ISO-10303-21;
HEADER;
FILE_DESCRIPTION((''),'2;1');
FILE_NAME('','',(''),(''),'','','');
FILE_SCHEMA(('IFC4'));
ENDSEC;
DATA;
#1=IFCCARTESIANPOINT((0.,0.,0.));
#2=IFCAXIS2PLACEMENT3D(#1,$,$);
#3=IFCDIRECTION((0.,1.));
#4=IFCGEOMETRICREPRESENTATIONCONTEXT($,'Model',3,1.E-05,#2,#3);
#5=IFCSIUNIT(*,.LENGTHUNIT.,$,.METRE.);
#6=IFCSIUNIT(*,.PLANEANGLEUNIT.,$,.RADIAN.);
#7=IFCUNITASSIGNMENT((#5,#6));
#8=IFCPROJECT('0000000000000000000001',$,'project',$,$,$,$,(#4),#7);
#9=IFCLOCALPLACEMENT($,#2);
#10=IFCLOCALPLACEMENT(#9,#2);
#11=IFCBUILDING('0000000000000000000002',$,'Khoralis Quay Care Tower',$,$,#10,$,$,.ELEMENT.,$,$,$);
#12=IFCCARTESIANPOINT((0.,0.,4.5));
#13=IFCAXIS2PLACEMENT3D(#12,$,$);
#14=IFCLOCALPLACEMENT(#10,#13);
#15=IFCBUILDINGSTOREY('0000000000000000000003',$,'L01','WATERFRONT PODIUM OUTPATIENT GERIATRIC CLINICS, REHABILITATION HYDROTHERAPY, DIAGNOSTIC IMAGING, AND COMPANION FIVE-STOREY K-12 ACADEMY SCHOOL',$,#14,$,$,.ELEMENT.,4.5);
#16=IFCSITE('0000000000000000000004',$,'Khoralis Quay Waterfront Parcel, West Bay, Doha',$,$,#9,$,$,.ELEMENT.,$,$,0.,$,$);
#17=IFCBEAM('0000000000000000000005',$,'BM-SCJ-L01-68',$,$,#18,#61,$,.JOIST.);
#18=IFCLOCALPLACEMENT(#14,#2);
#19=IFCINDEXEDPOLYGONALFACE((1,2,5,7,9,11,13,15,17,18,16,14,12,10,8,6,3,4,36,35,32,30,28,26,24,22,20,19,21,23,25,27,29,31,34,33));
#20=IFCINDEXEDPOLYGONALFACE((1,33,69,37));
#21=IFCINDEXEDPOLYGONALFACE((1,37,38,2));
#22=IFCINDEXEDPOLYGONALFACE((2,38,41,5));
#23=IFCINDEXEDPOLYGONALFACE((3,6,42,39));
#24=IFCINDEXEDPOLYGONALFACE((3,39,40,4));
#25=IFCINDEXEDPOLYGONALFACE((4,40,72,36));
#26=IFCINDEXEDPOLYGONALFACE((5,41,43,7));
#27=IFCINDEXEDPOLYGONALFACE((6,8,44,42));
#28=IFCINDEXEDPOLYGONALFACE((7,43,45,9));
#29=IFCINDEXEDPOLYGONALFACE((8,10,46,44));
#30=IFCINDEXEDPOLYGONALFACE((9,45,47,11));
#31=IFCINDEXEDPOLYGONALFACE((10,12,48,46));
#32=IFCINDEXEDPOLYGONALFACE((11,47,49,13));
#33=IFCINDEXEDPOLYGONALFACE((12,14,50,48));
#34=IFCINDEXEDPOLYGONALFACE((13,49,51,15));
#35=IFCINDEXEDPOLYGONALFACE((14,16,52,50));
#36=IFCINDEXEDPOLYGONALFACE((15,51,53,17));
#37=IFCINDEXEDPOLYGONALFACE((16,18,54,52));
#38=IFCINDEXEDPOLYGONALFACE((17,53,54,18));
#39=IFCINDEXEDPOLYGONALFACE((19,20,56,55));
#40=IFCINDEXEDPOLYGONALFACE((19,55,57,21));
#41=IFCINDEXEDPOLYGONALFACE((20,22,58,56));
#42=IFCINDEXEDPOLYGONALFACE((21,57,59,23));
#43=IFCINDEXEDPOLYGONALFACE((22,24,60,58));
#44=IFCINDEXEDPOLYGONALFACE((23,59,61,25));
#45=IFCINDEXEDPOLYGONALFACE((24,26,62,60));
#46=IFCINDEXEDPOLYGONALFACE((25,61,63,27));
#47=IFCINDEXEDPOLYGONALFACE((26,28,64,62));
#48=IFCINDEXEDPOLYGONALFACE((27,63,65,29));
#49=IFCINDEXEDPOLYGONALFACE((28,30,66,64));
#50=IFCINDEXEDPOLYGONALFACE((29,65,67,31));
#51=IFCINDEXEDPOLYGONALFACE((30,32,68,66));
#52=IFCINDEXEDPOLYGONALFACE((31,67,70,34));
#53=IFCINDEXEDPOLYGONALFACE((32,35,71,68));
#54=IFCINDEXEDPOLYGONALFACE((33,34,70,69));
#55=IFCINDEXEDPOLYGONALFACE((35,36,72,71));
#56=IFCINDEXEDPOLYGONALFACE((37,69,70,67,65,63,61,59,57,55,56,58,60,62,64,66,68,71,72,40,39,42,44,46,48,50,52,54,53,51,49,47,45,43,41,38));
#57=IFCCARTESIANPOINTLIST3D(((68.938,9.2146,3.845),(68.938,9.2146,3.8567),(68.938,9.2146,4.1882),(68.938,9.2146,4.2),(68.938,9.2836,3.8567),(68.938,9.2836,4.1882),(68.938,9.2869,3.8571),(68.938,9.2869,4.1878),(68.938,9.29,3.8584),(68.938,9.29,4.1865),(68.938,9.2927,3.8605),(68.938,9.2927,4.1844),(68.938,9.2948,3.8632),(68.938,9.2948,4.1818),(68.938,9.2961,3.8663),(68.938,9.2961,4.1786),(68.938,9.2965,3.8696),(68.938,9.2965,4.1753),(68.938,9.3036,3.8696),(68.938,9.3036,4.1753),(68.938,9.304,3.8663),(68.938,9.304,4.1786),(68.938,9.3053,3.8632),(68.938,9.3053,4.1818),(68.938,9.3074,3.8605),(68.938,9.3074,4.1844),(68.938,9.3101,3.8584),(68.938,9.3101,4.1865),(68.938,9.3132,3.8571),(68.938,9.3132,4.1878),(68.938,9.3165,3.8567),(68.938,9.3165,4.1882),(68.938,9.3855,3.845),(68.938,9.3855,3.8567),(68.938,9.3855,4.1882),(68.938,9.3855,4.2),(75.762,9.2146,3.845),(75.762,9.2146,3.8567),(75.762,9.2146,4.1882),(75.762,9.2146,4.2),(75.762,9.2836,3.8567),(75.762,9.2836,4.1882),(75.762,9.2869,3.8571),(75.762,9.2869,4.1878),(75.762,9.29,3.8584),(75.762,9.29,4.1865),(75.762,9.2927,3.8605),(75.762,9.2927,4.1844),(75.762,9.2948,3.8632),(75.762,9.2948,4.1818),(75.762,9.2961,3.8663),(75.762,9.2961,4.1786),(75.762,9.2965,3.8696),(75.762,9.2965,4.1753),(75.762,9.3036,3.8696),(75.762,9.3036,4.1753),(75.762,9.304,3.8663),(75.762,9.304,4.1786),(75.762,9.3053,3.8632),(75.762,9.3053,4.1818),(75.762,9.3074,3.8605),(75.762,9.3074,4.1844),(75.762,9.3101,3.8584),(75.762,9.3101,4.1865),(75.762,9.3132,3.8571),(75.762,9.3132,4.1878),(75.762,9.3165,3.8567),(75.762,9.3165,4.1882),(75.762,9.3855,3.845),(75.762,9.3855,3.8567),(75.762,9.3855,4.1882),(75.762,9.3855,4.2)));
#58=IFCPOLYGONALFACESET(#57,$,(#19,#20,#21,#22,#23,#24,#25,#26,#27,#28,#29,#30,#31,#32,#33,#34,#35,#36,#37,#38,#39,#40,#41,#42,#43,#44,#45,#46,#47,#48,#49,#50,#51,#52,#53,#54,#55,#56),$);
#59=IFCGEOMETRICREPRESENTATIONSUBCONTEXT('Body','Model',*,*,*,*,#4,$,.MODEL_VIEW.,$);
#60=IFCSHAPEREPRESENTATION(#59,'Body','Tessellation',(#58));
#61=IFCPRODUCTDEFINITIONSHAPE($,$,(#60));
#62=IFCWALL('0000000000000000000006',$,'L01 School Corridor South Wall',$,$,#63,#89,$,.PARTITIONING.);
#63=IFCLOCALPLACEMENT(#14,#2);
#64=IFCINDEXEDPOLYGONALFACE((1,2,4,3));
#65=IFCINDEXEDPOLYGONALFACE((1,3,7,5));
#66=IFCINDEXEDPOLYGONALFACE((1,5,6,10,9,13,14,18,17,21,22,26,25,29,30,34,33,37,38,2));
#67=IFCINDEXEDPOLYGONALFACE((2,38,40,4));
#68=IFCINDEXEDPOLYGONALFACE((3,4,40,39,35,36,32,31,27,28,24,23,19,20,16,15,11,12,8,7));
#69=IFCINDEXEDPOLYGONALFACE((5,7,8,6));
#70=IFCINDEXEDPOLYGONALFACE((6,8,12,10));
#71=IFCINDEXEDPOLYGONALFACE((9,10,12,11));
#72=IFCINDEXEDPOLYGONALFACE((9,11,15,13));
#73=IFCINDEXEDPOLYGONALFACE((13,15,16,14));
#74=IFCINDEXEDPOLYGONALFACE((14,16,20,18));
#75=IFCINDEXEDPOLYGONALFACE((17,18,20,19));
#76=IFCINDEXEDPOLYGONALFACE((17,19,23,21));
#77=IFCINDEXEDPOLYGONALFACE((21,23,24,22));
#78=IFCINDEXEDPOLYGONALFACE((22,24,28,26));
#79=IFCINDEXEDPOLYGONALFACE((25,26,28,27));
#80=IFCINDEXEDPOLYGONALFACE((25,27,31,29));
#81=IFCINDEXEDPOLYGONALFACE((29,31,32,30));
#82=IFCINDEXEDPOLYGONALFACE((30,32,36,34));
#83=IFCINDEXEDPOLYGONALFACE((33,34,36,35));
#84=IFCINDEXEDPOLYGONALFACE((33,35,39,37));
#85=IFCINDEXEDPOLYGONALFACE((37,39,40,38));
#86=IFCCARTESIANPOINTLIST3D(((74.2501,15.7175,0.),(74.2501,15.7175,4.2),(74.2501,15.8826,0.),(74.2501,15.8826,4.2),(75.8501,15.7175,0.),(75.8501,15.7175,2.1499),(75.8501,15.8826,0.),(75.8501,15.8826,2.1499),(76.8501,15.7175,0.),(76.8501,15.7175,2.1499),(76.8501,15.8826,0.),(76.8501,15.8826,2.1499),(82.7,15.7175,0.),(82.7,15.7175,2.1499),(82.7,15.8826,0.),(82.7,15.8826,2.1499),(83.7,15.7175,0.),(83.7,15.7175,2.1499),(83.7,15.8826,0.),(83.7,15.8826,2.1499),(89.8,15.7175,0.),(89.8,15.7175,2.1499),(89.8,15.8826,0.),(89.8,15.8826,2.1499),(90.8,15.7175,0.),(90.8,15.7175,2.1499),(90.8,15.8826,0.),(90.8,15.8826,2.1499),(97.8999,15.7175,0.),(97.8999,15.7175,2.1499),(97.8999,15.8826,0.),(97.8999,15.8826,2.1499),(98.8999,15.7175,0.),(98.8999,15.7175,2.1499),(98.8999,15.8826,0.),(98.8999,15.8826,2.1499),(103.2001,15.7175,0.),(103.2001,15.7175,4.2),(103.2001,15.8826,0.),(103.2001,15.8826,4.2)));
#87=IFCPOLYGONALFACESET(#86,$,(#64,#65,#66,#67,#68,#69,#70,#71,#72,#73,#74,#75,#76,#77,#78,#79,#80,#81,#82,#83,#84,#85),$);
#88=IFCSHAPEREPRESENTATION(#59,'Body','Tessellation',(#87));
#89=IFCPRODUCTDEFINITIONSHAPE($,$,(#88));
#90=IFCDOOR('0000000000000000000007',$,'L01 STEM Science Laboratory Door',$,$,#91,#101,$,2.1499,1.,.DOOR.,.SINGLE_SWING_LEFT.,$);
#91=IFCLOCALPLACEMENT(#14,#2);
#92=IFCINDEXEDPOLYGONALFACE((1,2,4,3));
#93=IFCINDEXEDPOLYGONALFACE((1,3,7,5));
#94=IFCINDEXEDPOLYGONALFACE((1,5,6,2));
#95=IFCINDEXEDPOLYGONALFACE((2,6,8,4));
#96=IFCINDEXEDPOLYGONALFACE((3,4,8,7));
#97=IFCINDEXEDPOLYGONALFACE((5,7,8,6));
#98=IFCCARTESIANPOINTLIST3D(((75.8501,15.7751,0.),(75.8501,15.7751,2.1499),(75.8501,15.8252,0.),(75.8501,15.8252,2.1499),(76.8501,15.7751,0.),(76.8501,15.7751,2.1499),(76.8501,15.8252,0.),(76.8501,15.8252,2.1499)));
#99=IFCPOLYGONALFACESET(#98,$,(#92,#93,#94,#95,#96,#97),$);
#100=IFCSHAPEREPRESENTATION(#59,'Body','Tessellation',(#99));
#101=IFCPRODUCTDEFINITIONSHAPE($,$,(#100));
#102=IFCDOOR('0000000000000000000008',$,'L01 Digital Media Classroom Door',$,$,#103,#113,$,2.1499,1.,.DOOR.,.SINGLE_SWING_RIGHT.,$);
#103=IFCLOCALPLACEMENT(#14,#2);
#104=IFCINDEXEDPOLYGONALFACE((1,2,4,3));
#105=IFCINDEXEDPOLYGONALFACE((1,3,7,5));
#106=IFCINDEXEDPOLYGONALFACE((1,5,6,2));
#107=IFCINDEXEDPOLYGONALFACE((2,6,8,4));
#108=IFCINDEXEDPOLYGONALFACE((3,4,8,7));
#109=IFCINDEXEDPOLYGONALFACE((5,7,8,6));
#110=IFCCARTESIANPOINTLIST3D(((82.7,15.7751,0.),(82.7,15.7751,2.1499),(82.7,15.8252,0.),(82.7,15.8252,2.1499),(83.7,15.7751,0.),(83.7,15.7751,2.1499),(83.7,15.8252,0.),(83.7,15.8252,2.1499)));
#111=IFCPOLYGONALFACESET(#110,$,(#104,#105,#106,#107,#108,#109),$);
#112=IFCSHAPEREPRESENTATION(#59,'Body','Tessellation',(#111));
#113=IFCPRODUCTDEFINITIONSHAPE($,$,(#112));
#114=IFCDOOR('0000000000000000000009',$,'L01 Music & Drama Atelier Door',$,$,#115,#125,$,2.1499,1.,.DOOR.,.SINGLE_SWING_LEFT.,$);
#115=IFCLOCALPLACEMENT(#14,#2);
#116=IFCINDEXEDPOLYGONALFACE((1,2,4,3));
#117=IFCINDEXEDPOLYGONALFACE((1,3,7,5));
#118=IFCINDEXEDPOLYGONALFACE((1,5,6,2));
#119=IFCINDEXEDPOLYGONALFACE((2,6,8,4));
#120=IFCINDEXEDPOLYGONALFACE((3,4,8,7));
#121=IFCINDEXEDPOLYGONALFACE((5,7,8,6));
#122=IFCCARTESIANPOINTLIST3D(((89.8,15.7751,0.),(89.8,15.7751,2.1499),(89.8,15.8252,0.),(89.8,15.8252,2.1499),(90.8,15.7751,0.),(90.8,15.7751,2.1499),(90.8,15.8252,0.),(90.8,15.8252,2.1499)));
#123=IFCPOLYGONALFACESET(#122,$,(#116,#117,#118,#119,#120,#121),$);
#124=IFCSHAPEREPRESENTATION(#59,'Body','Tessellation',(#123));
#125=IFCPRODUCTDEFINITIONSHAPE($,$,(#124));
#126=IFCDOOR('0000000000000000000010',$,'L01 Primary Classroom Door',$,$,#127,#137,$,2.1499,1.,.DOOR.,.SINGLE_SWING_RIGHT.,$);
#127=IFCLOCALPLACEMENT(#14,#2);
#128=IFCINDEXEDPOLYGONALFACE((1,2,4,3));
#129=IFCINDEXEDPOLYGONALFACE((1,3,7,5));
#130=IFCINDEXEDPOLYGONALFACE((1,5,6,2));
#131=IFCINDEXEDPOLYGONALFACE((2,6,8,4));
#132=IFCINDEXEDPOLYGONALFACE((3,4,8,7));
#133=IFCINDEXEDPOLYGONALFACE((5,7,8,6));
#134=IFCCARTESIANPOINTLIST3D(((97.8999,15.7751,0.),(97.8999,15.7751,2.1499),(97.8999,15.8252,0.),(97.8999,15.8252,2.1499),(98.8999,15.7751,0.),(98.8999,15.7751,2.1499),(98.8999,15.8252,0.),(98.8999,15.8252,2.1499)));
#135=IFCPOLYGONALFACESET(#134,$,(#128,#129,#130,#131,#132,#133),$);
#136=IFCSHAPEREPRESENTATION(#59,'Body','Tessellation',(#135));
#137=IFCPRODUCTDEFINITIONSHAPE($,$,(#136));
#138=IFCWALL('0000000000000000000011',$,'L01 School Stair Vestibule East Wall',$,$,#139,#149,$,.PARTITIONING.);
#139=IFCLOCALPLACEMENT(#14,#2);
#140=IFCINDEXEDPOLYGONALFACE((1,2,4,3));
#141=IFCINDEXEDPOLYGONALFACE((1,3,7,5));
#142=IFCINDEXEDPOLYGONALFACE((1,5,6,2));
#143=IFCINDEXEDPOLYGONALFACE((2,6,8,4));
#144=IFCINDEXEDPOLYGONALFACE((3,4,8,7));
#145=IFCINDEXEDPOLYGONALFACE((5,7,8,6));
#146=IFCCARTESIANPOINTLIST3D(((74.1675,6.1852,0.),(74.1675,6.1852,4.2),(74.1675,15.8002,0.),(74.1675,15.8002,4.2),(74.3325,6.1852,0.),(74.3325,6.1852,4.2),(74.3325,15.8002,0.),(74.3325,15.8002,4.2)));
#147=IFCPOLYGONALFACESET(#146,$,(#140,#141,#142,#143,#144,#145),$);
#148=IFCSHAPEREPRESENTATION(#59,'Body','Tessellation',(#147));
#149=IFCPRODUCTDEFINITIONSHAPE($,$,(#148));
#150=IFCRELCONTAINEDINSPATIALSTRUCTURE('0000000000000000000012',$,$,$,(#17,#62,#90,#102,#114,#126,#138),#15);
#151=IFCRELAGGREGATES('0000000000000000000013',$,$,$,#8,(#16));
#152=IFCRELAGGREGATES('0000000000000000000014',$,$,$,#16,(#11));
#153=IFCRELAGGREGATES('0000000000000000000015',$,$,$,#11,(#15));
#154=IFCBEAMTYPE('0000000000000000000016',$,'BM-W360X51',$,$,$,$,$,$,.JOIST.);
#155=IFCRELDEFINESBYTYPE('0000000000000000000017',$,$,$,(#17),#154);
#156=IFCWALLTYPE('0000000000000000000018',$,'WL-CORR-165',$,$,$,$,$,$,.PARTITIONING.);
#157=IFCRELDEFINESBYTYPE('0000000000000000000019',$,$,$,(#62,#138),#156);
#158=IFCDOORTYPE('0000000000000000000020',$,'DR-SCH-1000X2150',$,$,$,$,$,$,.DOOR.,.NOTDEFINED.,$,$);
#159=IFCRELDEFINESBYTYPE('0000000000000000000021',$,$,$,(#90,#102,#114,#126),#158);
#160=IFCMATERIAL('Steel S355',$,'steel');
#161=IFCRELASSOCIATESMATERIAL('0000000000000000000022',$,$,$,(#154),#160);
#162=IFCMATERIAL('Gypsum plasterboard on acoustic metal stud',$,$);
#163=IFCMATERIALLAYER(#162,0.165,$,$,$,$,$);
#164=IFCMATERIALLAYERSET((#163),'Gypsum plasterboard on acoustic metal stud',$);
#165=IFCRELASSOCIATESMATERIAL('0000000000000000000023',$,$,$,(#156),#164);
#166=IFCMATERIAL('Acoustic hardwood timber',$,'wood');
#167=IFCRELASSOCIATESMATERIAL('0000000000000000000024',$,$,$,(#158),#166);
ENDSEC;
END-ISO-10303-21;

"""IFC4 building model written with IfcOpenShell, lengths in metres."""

from ifc_helpers import new_model, si_unit, direction, frame, frame_2d, origin, origin_2d, place, context, subcontext, project, spatial, rectangle, i_section, extrude, source, transform, mapped, material, layer, layer_set, material_profile, profile_set, type_object, element, fill, save


model = new_model("IFC4")

# Units and contexts
model_context = context("Model", 3, precision=1e-05, world=origin(), true_north=direction((0.0, 1.0)))
body_context = subcontext(model_context, "Body", "Model", "MODEL_VIEW")
ifc_project = project(units=[si_unit("LENGTHUNIT", "METRE"), si_unit("PLANEANGLEUNIT", "RADIAN")], contexts=[model_context])

# Site, building, storey
site_placement = place(None, origin())
site = spatial("IfcSite", under=ifc_project, at=site_placement, Name="Khoralis Quay Waterfront Parcel, West Bay, Doha", CompositionType="ELEMENT", RefElevation=0.0)
building_placement = place(site_placement, origin())
building = spatial("IfcBuilding", under=site, at=building_placement, Name="Khoralis Quay Care Tower", CompositionType="ELEMENT")
storey_placement = place(building_placement, frame((0.0, 0.0, 4.5)))
storey = spatial("IfcBuildingStorey", under=building, at=storey_placement, Name="L01", Description="WATERFRONT PODIUM OUTPATIENT GERIATRIC CLINICS, REHABILITATION HYDROTHERAPY, DIAGNOSTIC IMAGING, AND COMPANION FIVE-STOREY K-12 ACADEMY SCHOOL", CompositionType="ELEMENT", Elevation=4.5)

# Beam
ifc_material_1 = material(Name="Steel S355", Category="steel")
ifc_material_profile = material_profile(ifc_material_1, i_section(OverallWidth=0.1709, OverallDepth=0.355, WebThickness=0.0071, FlangeThickness=0.0117, FilletRadius=0.0129, at=origin_2d()), Name="Steel S355")
ifc_profile_set = profile_set([ifc_material_profile], Name="Steel S355")
beam_type = type_object("IfcBeamType", Name="BM-W360X51", PredefinedType="JOIST", material=ifc_profile_set)
shared_shape_1 = source(origin(), body_context, "Body", "SweptSolid", [
    extrude(i_section(OverallWidth=0.1709, OverallDepth=0.355, WebThickness=0.0071, FlangeThickness=0.0117, FilletRadius=0.0129, at=origin_2d()), origin(), (0.0, 0.0, 1.0), 6.824),
])
beam_placement = place(storey_placement, frame((68.938, 9.3, 4.0225), z_axis=(1.0, 0.0, 0.0), x_axis=(0.0, 1.0, 0.0)))
element("IfcBeam", 1, at=beam_placement, inside=storey, type_object=beam_type, Name="BM-SCJ-L01-68", PredefinedType="JOIST", context=body_context, shape_type="MappedRepresentation", body=[
    mapped(shared_shape_1, transform((0.0, 0.0, 0.0), scale=1.0)),
])

# Wall, openings, doors
ifc_material_2 = material(Name="Gypsum plasterboard on acoustic metal stud")
ifc_layer_1 = layer(ifc_material_2, 0.165)
ifc_layer_set_1 = layer_set([ifc_layer_1], Name="Gypsum plasterboard on acoustic metal stud")
wall_type_1 = type_object("IfcWallType", Name="WL-CORR-165", PredefinedType="PARTITIONING", material=ifc_layer_set_1)
wall_1_placement = place(storey_placement, frame((74.25, 15.8, 0.0), z_axis=(0.0, 0.0, 1.0), x_axis=(1.0, 0.0, 0.0)))
wall_1 = element("IfcWall", 2, at=wall_1_placement, inside=storey, type_object=wall_type_1, Name="L01 School Corridor South Wall", PredefinedType="PARTITIONING", context=body_context, shape_type="SweptSolid", body=[
    extrude(rectangle(XDim=28.95, YDim=0.165, at=frame_2d((14.4751, 0.0))), origin(), (0.0, 0.0, 1.0), 4.2),
])
opening_1_placement = place(wall_1_placement, frame((1.6001, 0.0, 0.0)))
opening_1 = element("IfcOpeningElement", 3, at=opening_1_placement, cuts=wall_1, PredefinedType="OPENING", context=body_context, shape_type="SweptSolid", body=[
    extrude(rectangle(XDim=1.0, YDim=2.1499, at=frame_2d((0.5, 1.075))), frame((0.0, 0.0925, 0.0), z_axis=(0.0, -1.0, 0.0), x_axis=(1.0, 0.0, 0.0)), (0.0, 0.0, 1.0), 0.1851),
])
opening_2_placement = place(wall_1_placement, frame((8.45, 0.0, 0.0)))
opening_2 = element("IfcOpeningElement", 4, at=opening_2_placement, cuts=wall_1, PredefinedType="OPENING", context=body_context, shape_type="SweptSolid", body=[
    extrude(rectangle(XDim=1.0, YDim=2.1499, at=frame_2d((0.5, 1.075))), frame((0.0, 0.0925, 0.0), z_axis=(0.0, -1.0, 0.0), x_axis=(1.0, 0.0, 0.0)), (0.0, 0.0, 1.0), 0.1851),
])
opening_3_placement = place(wall_1_placement, frame((15.55, 0.0, 0.0)))
opening_3 = element("IfcOpeningElement", 5, at=opening_3_placement, cuts=wall_1, PredefinedType="OPENING", context=body_context, shape_type="SweptSolid", body=[
    extrude(rectangle(XDim=1.0, YDim=2.1499, at=frame_2d((0.5, 1.075))), frame((0.0, 0.0925, 0.0), z_axis=(0.0, -1.0, 0.0), x_axis=(1.0, 0.0, 0.0)), (0.0, 0.0, 1.0), 0.1851),
])
opening_4_placement = place(wall_1_placement, frame((23.6499, 0.0, 0.0)))
opening_4 = element("IfcOpeningElement", 6, at=opening_4_placement, cuts=wall_1, PredefinedType="OPENING", context=body_context, shape_type="SweptSolid", body=[
    extrude(rectangle(XDim=1.0, YDim=2.1499, at=frame_2d((0.5, 1.075))), frame((0.0, 0.0925, 0.0), z_axis=(0.0, -1.0, 0.0), x_axis=(1.0, 0.0, 0.0)), (0.0, 0.0, 1.0), 0.1851),
])
ifc_material_3 = material(Name="Acoustic hardwood timber", Category="wood")
door_type_1 = type_object("IfcDoorType", Name="DR-SCH-1000X2150", OperationType="NOTDEFINED", PredefinedType="DOOR", material=ifc_material_3)
shared_shape_2 = source(origin(), body_context, "Body", "SweptSolid", [
    extrude(rectangle(XDim=1.0, YDim=2.1499, at=frame_2d((0.5, 1.075))), frame((0.0, 0.0249, 0.0), z_axis=(0.0, -1.0, 0.0), x_axis=(1.0, 0.0, 0.0)), (0.0, 0.0, 1.0), 0.05),
])
door_1_placement = place(opening_1_placement, frame((1.0, 0.0, 0.0), z_axis=(0.0, 0.0, 1.0), x_axis=(-1.0, 0.0, 0.0)))
door_1 = element("IfcDoor", 7, at=door_1_placement, inside=storey, type_object=door_type_1, Name="L01 STEM Science Laboratory Door", OperationType="SINGLE_SWING_LEFT", OverallHeight=2.1499, OverallWidth=1.0, PredefinedType="DOOR", context=body_context, shape_type="MappedRepresentation", body=[
    mapped(shared_shape_2, transform((0.0, 0.0, 0.0), scale=1.0)),
])
fill(opening_1, door_1)
door_2_placement = place(opening_2_placement, frame((1.0, 0.0, 0.0), z_axis=(0.0, 0.0, 1.0), x_axis=(-1.0, 0.0, 0.0)))
door_2 = element("IfcDoor", 8, at=door_2_placement, inside=storey, type_object=door_type_1, Name="L01 Digital Media Classroom Door", OperationType="SINGLE_SWING_RIGHT", OverallHeight=2.1499, OverallWidth=1.0, PredefinedType="DOOR", context=body_context, shape_type="MappedRepresentation", body=[
    mapped(shared_shape_2, transform((0.0, 0.0, 0.0), scale=1.0)),
])
fill(opening_2, door_2)
door_3_placement = place(opening_3_placement, frame((1.0, 0.0, 0.0), z_axis=(0.0, 0.0, 1.0), x_axis=(-1.0, 0.0, 0.0)))
door_3 = element("IfcDoor", 9, at=door_3_placement, inside=storey, type_object=door_type_1, Name="L01 Music & Drama Atelier Door", OperationType="SINGLE_SWING_LEFT", OverallHeight=2.1499, OverallWidth=1.0, PredefinedType="DOOR", context=body_context, shape_type="MappedRepresentation", body=[
    mapped(shared_shape_2, transform((0.0, 0.0, 0.0), scale=1.0)),
])
fill(opening_3, door_3)
door_4_placement = place(opening_4_placement, frame((1.0, 0.0, 0.0), z_axis=(0.0, 0.0, 1.0), x_axis=(-1.0, 0.0, 0.0)))
door_4 = element("IfcDoor", 10, at=door_4_placement, inside=storey, type_object=door_type_1, Name="L01 Primary Classroom Door", OperationType="SINGLE_SWING_RIGHT", OverallHeight=2.1499, OverallWidth=1.0, PredefinedType="DOOR", context=body_context, shape_type="MappedRepresentation", body=[
    mapped(shared_shape_2, transform((0.0, 0.0, 0.0), scale=1.0)),
])
fill(opening_4, door_4)

# Wall
wall_2_placement = place(storey_placement, frame((74.25, 6.1851, 0.0), z_axis=(0.0, 0.0, 1.0), x_axis=(0.0, 1.0, 0.0)))
element("IfcWall", 11, at=wall_2_placement, inside=storey, type_object=wall_type_1, Name="L01 School Stair Vestibule East Wall", PredefinedType="PARTITIONING", context=body_context, shape_type="SweptSolid", body=[
    extrude(rectangle(XDim=9.615, YDim=0.165, at=frame_2d((4.8076, 0.0))), origin(), (0.0, 0.0, 1.0), 4.2),
])

save(model, "model.ifc")
